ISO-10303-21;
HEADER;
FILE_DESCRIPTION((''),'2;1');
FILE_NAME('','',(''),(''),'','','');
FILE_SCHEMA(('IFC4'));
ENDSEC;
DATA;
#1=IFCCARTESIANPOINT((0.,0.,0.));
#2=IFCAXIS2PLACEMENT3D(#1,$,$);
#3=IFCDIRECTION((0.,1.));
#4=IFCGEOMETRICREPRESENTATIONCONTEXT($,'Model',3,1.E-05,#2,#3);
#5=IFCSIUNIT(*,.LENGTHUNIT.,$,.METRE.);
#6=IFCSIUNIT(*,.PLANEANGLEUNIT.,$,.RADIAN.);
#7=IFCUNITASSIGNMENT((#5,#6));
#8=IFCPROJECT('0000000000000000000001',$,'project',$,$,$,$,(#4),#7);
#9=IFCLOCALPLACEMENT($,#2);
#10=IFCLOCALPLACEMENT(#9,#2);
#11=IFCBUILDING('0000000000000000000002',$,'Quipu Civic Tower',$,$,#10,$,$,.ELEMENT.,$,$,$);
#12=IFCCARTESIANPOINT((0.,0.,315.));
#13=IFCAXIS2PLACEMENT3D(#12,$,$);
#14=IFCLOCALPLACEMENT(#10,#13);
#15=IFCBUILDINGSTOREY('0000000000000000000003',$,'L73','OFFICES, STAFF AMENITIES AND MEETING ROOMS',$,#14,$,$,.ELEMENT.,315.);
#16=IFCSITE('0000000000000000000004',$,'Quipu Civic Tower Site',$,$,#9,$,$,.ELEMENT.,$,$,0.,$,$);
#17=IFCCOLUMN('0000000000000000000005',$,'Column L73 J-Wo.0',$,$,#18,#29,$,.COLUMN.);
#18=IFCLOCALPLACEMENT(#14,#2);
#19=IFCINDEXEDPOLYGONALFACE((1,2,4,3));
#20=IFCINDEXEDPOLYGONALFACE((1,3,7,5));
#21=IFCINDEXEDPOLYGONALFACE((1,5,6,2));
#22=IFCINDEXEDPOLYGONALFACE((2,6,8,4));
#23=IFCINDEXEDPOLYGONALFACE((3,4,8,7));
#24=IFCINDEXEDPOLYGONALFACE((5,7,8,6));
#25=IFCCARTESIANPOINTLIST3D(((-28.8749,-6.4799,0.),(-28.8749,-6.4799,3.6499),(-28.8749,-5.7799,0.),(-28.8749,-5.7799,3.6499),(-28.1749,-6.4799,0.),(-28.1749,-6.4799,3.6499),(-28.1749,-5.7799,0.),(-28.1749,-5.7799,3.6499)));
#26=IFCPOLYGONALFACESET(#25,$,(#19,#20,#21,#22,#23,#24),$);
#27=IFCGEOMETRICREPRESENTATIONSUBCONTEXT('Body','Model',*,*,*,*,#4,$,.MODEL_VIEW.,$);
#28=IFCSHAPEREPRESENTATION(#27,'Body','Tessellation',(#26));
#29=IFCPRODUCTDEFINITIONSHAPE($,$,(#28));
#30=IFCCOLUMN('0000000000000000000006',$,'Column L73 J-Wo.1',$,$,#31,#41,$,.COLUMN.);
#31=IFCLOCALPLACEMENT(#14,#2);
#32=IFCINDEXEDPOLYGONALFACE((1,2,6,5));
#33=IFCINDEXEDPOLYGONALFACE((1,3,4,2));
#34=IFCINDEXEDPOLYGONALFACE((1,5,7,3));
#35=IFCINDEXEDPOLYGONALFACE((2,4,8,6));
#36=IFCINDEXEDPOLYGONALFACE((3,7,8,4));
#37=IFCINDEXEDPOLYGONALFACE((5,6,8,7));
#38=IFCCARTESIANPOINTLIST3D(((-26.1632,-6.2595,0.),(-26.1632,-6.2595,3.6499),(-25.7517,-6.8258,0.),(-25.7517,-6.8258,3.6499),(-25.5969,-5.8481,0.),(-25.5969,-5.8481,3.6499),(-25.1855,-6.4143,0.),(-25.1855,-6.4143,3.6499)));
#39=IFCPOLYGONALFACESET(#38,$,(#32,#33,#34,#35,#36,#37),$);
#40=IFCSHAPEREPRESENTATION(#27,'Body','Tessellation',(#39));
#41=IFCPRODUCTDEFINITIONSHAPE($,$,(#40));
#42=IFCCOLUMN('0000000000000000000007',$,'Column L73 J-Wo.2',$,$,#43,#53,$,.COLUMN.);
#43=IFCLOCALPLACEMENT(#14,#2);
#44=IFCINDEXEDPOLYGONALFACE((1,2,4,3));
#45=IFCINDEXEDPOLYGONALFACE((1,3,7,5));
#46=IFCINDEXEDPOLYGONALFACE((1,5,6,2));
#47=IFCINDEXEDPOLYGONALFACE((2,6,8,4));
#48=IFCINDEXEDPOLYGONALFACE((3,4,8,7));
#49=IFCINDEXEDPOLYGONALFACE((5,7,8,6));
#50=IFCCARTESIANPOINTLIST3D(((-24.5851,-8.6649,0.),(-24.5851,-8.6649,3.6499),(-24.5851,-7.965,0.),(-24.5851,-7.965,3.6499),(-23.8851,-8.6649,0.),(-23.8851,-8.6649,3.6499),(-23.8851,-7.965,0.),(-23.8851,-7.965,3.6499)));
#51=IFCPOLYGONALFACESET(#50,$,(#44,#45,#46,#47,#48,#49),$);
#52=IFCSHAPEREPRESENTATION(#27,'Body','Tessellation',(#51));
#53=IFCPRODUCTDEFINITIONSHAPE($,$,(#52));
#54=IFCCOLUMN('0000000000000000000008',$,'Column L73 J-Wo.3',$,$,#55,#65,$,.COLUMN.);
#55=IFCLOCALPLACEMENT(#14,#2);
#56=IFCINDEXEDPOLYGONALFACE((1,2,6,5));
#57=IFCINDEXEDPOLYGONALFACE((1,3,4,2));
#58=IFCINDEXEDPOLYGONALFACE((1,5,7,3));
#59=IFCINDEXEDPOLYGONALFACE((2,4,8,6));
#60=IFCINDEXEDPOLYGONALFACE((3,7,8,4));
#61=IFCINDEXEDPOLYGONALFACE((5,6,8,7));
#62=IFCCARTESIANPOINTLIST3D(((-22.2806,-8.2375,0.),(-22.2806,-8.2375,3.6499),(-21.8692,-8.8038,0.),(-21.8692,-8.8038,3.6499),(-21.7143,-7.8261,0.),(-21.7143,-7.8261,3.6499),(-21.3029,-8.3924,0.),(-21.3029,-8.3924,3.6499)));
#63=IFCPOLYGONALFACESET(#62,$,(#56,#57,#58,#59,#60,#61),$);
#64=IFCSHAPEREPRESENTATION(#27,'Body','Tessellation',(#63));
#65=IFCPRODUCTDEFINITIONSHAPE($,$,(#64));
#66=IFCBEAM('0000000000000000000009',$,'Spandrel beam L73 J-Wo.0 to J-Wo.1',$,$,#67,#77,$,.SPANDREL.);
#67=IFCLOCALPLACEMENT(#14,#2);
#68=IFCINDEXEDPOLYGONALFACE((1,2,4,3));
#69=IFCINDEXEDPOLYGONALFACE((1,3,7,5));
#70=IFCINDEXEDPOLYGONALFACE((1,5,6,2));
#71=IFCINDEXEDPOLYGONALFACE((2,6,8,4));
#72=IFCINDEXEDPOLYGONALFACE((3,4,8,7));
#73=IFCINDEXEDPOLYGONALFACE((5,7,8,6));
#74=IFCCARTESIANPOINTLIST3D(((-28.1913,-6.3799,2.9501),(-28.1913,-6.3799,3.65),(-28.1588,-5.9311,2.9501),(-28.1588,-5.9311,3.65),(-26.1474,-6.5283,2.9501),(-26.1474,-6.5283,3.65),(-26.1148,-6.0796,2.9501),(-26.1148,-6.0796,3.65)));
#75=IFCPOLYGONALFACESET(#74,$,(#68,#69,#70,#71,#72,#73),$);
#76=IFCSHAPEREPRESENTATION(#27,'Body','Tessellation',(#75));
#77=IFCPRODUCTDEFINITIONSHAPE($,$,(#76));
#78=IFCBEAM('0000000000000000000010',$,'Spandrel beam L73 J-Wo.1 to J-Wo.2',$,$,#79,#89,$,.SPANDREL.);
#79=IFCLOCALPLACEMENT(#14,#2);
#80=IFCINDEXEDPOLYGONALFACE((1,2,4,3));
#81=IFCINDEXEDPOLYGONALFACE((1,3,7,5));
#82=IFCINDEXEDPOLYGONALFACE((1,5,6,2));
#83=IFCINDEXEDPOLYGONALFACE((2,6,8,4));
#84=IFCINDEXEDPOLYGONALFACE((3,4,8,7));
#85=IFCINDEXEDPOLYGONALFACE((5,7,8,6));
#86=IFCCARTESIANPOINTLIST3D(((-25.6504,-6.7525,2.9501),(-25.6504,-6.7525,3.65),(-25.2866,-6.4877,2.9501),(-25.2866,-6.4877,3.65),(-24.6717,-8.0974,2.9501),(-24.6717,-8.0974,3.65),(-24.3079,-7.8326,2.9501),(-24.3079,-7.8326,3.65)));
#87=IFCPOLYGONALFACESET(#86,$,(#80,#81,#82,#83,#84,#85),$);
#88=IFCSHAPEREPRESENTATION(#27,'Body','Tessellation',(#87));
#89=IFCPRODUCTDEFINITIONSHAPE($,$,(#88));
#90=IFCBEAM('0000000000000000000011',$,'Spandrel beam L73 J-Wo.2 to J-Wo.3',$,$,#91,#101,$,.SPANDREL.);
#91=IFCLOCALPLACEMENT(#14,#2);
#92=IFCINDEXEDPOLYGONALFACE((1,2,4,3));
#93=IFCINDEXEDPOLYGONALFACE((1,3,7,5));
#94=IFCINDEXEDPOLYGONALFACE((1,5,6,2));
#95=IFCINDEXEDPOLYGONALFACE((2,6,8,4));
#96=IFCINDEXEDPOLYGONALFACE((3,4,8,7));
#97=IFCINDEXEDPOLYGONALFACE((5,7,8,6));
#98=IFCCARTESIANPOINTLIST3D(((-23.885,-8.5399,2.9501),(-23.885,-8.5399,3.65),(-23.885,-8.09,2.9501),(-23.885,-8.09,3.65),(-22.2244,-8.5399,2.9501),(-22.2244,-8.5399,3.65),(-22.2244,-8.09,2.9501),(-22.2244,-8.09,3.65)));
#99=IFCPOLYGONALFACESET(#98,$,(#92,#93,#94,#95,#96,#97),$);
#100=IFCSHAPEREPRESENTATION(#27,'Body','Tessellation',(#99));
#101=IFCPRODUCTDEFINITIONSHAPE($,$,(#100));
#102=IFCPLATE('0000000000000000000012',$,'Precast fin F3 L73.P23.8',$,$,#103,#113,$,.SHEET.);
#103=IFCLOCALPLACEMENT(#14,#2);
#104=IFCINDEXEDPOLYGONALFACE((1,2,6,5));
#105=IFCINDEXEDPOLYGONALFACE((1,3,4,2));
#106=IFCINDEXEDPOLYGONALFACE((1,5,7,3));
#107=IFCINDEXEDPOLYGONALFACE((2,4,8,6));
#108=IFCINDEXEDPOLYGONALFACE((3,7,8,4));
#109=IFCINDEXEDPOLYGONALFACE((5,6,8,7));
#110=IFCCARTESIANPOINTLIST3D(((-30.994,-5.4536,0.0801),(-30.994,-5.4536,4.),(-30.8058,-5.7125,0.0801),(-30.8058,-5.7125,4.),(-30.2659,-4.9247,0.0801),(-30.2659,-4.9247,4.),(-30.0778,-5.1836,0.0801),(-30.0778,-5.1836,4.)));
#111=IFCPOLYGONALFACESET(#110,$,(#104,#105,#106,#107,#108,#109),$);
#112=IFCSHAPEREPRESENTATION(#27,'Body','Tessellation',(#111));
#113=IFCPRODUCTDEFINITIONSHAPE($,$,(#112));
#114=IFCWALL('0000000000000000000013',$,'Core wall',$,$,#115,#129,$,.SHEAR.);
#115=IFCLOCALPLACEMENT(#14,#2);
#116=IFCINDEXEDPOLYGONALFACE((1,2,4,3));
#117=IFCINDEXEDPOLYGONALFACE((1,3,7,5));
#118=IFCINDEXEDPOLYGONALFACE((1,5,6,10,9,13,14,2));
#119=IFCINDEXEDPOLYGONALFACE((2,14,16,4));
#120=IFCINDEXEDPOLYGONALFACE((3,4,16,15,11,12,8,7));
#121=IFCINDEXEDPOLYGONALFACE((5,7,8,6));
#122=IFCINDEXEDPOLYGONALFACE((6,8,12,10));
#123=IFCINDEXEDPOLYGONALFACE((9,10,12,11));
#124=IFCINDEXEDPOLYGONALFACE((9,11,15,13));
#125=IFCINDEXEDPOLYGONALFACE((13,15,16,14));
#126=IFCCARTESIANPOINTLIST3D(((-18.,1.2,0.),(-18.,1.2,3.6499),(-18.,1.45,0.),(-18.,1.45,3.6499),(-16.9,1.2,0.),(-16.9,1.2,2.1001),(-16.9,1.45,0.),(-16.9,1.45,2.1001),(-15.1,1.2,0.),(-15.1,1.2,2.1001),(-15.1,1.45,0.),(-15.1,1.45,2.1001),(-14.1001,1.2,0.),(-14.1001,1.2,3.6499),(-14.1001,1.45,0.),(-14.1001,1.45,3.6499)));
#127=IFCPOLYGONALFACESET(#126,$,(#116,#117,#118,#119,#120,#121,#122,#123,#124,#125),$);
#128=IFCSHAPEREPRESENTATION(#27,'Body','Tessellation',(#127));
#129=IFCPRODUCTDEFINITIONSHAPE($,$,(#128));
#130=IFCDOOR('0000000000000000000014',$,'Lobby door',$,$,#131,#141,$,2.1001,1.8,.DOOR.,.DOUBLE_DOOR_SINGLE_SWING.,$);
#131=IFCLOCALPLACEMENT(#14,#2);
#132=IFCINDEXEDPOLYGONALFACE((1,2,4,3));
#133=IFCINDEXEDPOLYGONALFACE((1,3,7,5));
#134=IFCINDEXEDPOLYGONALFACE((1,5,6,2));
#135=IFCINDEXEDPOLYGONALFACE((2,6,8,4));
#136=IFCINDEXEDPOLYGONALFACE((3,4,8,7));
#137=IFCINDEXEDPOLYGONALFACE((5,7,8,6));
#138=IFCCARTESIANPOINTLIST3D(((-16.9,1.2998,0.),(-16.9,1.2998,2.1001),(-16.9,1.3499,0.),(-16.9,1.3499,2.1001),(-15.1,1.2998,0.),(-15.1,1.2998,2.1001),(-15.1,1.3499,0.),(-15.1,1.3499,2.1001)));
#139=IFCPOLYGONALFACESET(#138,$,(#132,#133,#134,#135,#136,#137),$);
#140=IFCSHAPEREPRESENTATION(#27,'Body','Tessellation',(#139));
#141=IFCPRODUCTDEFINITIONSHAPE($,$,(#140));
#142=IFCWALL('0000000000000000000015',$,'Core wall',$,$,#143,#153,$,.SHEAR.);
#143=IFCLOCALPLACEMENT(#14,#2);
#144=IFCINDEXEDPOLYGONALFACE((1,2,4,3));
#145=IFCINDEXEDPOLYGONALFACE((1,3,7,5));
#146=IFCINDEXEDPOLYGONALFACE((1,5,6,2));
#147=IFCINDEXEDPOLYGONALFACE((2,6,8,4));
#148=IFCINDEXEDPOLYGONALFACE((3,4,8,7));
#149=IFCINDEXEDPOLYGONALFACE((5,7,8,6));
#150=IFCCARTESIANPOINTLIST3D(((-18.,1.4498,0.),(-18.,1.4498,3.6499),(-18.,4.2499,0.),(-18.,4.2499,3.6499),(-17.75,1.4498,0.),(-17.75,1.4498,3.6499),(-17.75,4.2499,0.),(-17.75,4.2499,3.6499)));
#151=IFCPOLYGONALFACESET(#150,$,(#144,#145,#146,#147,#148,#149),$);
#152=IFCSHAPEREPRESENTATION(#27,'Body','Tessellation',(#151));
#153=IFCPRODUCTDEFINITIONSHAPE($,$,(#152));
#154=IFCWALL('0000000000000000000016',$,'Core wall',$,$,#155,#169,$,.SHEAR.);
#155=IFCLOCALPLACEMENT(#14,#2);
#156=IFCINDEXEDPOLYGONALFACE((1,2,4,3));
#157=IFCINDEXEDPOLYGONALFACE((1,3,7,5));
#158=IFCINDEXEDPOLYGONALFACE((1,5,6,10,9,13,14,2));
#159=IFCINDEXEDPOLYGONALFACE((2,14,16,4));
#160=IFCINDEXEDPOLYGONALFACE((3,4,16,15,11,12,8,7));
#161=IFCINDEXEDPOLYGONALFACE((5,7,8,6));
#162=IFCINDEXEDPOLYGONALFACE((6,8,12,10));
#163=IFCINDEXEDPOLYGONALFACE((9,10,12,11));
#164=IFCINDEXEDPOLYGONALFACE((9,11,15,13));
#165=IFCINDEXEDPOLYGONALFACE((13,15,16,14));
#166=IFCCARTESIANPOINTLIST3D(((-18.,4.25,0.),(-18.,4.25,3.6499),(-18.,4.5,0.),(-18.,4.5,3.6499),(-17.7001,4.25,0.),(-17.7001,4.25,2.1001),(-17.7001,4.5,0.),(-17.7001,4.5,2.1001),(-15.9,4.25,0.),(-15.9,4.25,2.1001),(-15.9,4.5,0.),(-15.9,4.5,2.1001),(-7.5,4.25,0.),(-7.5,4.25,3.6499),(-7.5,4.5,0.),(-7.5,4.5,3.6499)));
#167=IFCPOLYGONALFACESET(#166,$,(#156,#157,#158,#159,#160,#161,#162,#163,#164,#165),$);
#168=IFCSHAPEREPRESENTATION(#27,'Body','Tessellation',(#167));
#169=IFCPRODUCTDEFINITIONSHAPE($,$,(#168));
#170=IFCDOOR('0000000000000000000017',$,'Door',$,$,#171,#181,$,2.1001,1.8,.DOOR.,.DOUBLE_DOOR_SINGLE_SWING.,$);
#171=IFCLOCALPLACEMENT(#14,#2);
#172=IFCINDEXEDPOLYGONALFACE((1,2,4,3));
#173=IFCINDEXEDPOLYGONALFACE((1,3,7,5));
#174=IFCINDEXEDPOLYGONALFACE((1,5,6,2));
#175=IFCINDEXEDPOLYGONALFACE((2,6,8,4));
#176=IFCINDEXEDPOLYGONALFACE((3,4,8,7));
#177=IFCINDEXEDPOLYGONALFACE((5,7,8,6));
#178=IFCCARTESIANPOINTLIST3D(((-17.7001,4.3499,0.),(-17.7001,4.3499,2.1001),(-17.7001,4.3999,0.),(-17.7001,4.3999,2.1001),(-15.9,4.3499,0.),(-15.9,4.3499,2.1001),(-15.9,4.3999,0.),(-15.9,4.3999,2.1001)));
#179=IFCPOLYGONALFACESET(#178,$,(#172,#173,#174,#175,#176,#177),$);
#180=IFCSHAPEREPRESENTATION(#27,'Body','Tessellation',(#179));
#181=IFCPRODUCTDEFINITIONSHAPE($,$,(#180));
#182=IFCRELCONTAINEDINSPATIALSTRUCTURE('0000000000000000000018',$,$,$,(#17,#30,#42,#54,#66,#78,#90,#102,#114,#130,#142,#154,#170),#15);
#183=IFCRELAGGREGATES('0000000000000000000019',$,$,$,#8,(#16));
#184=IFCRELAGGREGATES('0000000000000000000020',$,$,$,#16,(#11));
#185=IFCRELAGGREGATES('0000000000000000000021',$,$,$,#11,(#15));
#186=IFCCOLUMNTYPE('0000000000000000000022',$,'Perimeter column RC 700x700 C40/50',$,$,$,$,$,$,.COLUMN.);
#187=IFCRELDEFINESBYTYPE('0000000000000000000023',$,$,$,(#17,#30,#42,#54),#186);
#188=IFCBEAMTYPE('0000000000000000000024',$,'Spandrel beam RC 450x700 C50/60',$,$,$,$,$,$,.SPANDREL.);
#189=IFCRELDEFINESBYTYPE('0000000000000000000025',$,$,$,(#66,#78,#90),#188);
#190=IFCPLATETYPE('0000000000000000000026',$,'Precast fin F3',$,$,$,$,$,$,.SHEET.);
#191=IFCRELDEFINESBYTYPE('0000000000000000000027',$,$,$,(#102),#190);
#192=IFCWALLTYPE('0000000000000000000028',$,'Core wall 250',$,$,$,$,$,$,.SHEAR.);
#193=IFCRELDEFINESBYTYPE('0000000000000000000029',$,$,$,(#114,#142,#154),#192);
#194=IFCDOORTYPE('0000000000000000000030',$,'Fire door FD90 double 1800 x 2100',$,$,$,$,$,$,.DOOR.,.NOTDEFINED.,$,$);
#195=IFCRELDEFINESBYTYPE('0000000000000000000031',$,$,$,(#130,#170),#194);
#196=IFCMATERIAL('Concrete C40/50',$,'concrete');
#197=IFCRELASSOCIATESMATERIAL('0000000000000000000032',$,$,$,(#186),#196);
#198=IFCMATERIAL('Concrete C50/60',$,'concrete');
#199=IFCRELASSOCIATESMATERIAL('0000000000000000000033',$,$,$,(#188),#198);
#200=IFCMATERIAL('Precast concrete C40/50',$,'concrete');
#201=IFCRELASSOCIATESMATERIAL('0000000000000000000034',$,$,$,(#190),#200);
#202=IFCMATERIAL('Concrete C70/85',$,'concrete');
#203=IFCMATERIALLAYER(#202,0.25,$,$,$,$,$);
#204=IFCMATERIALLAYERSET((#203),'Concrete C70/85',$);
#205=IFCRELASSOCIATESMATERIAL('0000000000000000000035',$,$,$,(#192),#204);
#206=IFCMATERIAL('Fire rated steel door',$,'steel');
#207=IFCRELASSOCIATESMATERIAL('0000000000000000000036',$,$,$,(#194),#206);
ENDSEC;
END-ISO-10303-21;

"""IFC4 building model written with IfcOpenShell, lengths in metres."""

from ifc_helpers import new_model, si_unit, direction, frame, frame_2d, origin, origin_2d, place, context, subcontext, project, spatial, rectangle, extrude, material, layer, layer_set, material_profile, profile_set, type_object, element, fill, save


model = new_model("IFC4")

# Units and contexts
model_context = context("Model", 3, precision=1e-05, world=origin(), true_north=direction((0.0, 1.0)))
body_context = subcontext(model_context, "Body", "Model", "MODEL_VIEW")
ifc_project = project(units=[si_unit("LENGTHUNIT", "METRE"), si_unit("PLANEANGLEUNIT", "RADIAN")], contexts=[model_context])

# Site, building, storey
site_placement = place(None, origin())
site = spatial("IfcSite", under=ifc_project, at=site_placement, Name="Quipu Civic Tower Site", CompositionType="ELEMENT", RefElevation=0.0)
building_placement = place(site_placement, origin())
building = spatial("IfcBuilding", under=site, at=building_placement, Name="Quipu Civic Tower", CompositionType="ELEMENT")
storey_placement = place(building_placement, frame((0.0, 0.0, 315.0)))
storey = spatial("IfcBuildingStorey", under=building, at=storey_placement, Name="L73", Description="OFFICES, STAFF AMENITIES AND MEETING ROOMS", CompositionType="ELEMENT", Elevation=315.0)

# Columns
ifc_material_1 = material(Name="Concrete C40/50", Category="concrete")
ifc_material_profile_1 = material_profile(ifc_material_1, rectangle(XDim=0.7, YDim=0.7, at=origin_2d()), Name="RC700x700")
ifc_profile_set_1 = profile_set([ifc_material_profile_1], Name="Concrete C40/50")
column_type = type_object("IfcColumnType", Name="Perimeter column RC 700x700 C40/50", PredefinedType="COLUMN", material=ifc_profile_set_1)
for number, where, z_axis, x_axis, name in (
    (1, (-28.5249, -6.1299, 0.0), (0.0, 0.0, 1.0), (1.0, 0.0, 0.0), "Column L73 J-Wo.0"),
    (2, (-25.6743, -6.3369, 0.0), (0.0, 0.0, 1.0), (0.587785, -0.809017, 0.0), "Column L73 J-Wo.1"),
    (3, (-24.2351, -8.3149, 0.0), (0.0, 0.0, 1.0), (1.0, 0.0, 0.0), "Column L73 J-Wo.2"),
    (4, (-21.7917, -8.3149, 0.0), (0.0, 0.0, 1.0), (0.587785, -0.809017, 0.0), "Column L73 J-Wo.3"),
):
    element("IfcColumn", number, at=place(storey_placement, frame(where, z_axis=z_axis, x_axis=x_axis)), inside=storey, type_object=column_type, Name=name, PredefinedType="COLUMN", context=body_context, shape_type="SweptSolid", body=[
        extrude(rectangle(XDim=0.7, YDim=0.7, at=origin_2d()), origin(), (0.0, 0.0, 1.0), 3.6499),
    ])

# Beams
ifc_material_2 = material(Name="Concrete C50/60", Category="concrete")
ifc_material_profile_2 = material_profile(ifc_material_2, rectangle(XDim=0.45, YDim=0.7, at=origin_2d()), Name="RC450x700")
ifc_profile_set_2 = profile_set([ifc_material_profile_2], Name="Concrete C50/60")
beam_type = type_object("IfcBeamType", Name="Spandrel beam RC 450x700 C50/60", PredefinedType="SPANDREL", material=ifc_profile_set_2)
beam_1_placement = place(storey_placement, frame((-28.175, -6.1555, 3.3), z_axis=(0.997373, -0.072432, 0.0), x_axis=(0.072432, 0.997373, 0.0)))
element("IfcBeam", 5, at=beam_1_placement, inside=storey, type_object=beam_type, Name="Spandrel beam L73 J-Wo.0 to J-Wo.1", PredefinedType="SPANDREL", context=body_context, shape_type="SweptSolid", body=[
    extrude(rectangle(XDim=0.45, YDim=0.7, at=origin_2d()), origin(), (0.0, 0.0, 1.0), 2.0493),
])
beam_2_placement = place(storey_placement, frame((-25.4685, -6.6201, 3.3), z_axis=(0.588407, -0.808565, 0.0), x_axis=(0.808565, 0.588407, 0.0)))
element("IfcBeam", 6, at=beam_2_placement, inside=storey, type_object=beam_type, Name="Spandrel beam L73 J-Wo.1 to J-Wo.2", PredefinedType="SPANDREL", context=body_context, shape_type="SweptSolid", body=[
    extrude(rectangle(XDim=0.45, YDim=0.7, at=origin_2d()), origin(), (0.0, 0.0, 1.0), 1.6633),
])
beam_3_placement = place(storey_placement, frame((-23.885, -8.3149, 3.3), z_axis=(1.0, 0.0, 0.0), x_axis=(0.0, 1.0, 0.0)))
element("IfcBeam", 7, at=beam_3_placement, inside=storey, type_object=beam_type, Name="Spandrel beam L73 J-Wo.2 to J-Wo.3", PredefinedType="SPANDREL", context=body_context, shape_type="SweptSolid", body=[
    extrude(rectangle(XDim=0.45, YDim=0.7, at=origin_2d()), origin(), (0.0, 0.0, 1.0), 1.6606),
])

# Plate
ifc_material_3 = material(Name="Precast concrete C40/50", Category="concrete")
plate_type = type_object("IfcPlateType", Name="Precast fin F3", PredefinedType="SHEET", material=ifc_material_3)
plate_placement = place(storey_placement, frame((-30.5359, -5.3186, 0.0801), z_axis=(0.0, 0.0, 1.0), x_axis=(0.587787, -0.809016, 0.0)))
element("IfcPlate", 8, at=plate_placement, inside=storey, type_object=plate_type, Name="Precast fin F3 L73.P23.8", PredefinedType="SHEET", context=body_context, shape_type="SweptSolid", body=[
    extrude(rectangle(XDim=0.3201, YDim=0.8999, at=origin_2d()), origin(), (0.0, 0.0, 1.0), 3.9199),
])

# Wall, opening, door
ifc_material_4 = material(Name="Concrete C70/85", Category="concrete")
ifc_layer_1 = layer(ifc_material_4, 0.25)
ifc_layer_set_1 = layer_set([ifc_layer_1], Name="Concrete C70/85")
wall_type_1 = type_object("IfcWallType", Name="Core wall 250", PredefinedType="SHEAR", material=ifc_layer_set_1)
wall_1_placement = place(storey_placement, frame((-18.0, 1.325, 0.0), z_axis=(0.0, 0.0, 1.0), x_axis=(1.0, 0.0, 0.0)))
wall_1 = element("IfcWall", 9, at=wall_1_placement, inside=storey, type_object=wall_type_1, Name="Core wall", PredefinedType="SHEAR", context=body_context, shape_type="SweptSolid", body=[
    extrude(rectangle(XDim=3.8999, YDim=0.25, at=frame_2d((1.95, 0.0))), origin(), (0.0, 0.0, 1.0), 3.6499),
])
opening_1_placement = place(wall_1_placement, frame((1.1001, 0.0, 0.0)))
opening_1 = element("IfcOpeningElement", 10, at=opening_1_placement, cuts=wall_1, PredefinedType="OPENING", context=body_context, shape_type="SweptSolid", body=[
    extrude(rectangle(XDim=1.8, YDim=2.1001, at=frame_2d((0.8999, 1.05))), frame((0.0, 0.135, 0.0), z_axis=(0.0, -1.0, 0.0), x_axis=(1.0, 0.0, 0.0)), (0.0, 0.0, 1.0), 0.27),
])
ifc_material_5 = material(Name="Fire rated steel door", Category="steel")
door_type_1 = type_object("IfcDoorType", Name="Fire door FD90 double 1800 x 2100", OperationType="NOTDEFINED", PredefinedType="DOOR", material=ifc_material_5)
door_1_placement = place(opening_1_placement, origin())
door_1 = element("IfcDoor", 11, at=door_1_placement, inside=storey, type_object=door_type_1, Name="Lobby door", OperationType="DOUBLE_DOOR_SINGLE_SWING", OverallHeight=2.1001, OverallWidth=1.8, PredefinedType="DOOR", context=body_context, shape_type="SweptSolid", body=[
    extrude(rectangle(XDim=1.8, YDim=2.1001, at=frame_2d((0.8999, 1.05))), frame((0.0, 0.0249, 0.0), z_axis=(0.0, -1.0, 0.0), x_axis=(1.0, 0.0, 0.0)), (0.0, 0.0, 1.0), 0.05),
])
fill(opening_1, door_1)

# Wall
wall_2_placement = place(storey_placement, frame((-17.875, 1.45, 0.0), z_axis=(0.0, 0.0, 1.0), x_axis=(0.0, 1.0, 0.0)))
element("IfcWall", 12, at=wall_2_placement, inside=storey, type_object=wall_type_1, Name="Core wall", PredefinedType="SHEAR", context=body_context, shape_type="SweptSolid", body=[
    extrude(rectangle(XDim=2.8, YDim=0.25, at=frame_2d((1.3999, 0.0))), origin(), (0.0, 0.0, 1.0), 3.6499),
])

# Wall, opening, door
wall_3_placement = place(storey_placement, frame((-18.0, 4.375, 0.0), z_axis=(0.0, 0.0, 1.0), x_axis=(1.0, 0.0, 0.0)))
wall_3 = element("IfcWall", 13, at=wall_3_placement, inside=storey, type_object=wall_type_1, Name="Core wall", PredefinedType="SHEAR", context=body_context, shape_type="SweptSolid", body=[
    extrude(rectangle(XDim=10.5, YDim=0.25, at=frame_2d((5.25, 0.0))), origin(), (0.0, 0.0, 1.0), 3.6499),
])
opening_2_placement = place(wall_3_placement, frame((0.3, 0.0, 0.0)))
opening_2 = element("IfcOpeningElement", 14, at=opening_2_placement, cuts=wall_3, PredefinedType="OPENING", context=body_context, shape_type="SweptSolid", body=[
    extrude(rectangle(XDim=1.8, YDim=2.1001, at=frame_2d((0.8999, 1.05))), frame((0.0, 0.135, 0.0), z_axis=(0.0, -1.0, 0.0), x_axis=(1.0, 0.0, 0.0)), (0.0, 0.0, 1.0), 0.27),
])
door_2_placement = place(opening_2_placement, origin())
door_2 = element("IfcDoor", 15, at=door_2_placement, inside=storey, type_object=door_type_1, Name="Door", OperationType="DOUBLE_DOOR_SINGLE_SWING", OverallHeight=2.1001, OverallWidth=1.8, PredefinedType="DOOR", context=body_context, shape_type="SweptSolid", body=[
    extrude(rectangle(XDim=1.8, YDim=2.1001, at=frame_2d((0.8999, 1.05))), frame((0.0, 0.0249, 0.0), z_axis=(0.0, -1.0, 0.0), x_axis=(1.0, 0.0, 0.0)), (0.0, 0.0, 1.0), 0.05),
])
fill(opening_2, door_2)

save(model, "model.ifc")
